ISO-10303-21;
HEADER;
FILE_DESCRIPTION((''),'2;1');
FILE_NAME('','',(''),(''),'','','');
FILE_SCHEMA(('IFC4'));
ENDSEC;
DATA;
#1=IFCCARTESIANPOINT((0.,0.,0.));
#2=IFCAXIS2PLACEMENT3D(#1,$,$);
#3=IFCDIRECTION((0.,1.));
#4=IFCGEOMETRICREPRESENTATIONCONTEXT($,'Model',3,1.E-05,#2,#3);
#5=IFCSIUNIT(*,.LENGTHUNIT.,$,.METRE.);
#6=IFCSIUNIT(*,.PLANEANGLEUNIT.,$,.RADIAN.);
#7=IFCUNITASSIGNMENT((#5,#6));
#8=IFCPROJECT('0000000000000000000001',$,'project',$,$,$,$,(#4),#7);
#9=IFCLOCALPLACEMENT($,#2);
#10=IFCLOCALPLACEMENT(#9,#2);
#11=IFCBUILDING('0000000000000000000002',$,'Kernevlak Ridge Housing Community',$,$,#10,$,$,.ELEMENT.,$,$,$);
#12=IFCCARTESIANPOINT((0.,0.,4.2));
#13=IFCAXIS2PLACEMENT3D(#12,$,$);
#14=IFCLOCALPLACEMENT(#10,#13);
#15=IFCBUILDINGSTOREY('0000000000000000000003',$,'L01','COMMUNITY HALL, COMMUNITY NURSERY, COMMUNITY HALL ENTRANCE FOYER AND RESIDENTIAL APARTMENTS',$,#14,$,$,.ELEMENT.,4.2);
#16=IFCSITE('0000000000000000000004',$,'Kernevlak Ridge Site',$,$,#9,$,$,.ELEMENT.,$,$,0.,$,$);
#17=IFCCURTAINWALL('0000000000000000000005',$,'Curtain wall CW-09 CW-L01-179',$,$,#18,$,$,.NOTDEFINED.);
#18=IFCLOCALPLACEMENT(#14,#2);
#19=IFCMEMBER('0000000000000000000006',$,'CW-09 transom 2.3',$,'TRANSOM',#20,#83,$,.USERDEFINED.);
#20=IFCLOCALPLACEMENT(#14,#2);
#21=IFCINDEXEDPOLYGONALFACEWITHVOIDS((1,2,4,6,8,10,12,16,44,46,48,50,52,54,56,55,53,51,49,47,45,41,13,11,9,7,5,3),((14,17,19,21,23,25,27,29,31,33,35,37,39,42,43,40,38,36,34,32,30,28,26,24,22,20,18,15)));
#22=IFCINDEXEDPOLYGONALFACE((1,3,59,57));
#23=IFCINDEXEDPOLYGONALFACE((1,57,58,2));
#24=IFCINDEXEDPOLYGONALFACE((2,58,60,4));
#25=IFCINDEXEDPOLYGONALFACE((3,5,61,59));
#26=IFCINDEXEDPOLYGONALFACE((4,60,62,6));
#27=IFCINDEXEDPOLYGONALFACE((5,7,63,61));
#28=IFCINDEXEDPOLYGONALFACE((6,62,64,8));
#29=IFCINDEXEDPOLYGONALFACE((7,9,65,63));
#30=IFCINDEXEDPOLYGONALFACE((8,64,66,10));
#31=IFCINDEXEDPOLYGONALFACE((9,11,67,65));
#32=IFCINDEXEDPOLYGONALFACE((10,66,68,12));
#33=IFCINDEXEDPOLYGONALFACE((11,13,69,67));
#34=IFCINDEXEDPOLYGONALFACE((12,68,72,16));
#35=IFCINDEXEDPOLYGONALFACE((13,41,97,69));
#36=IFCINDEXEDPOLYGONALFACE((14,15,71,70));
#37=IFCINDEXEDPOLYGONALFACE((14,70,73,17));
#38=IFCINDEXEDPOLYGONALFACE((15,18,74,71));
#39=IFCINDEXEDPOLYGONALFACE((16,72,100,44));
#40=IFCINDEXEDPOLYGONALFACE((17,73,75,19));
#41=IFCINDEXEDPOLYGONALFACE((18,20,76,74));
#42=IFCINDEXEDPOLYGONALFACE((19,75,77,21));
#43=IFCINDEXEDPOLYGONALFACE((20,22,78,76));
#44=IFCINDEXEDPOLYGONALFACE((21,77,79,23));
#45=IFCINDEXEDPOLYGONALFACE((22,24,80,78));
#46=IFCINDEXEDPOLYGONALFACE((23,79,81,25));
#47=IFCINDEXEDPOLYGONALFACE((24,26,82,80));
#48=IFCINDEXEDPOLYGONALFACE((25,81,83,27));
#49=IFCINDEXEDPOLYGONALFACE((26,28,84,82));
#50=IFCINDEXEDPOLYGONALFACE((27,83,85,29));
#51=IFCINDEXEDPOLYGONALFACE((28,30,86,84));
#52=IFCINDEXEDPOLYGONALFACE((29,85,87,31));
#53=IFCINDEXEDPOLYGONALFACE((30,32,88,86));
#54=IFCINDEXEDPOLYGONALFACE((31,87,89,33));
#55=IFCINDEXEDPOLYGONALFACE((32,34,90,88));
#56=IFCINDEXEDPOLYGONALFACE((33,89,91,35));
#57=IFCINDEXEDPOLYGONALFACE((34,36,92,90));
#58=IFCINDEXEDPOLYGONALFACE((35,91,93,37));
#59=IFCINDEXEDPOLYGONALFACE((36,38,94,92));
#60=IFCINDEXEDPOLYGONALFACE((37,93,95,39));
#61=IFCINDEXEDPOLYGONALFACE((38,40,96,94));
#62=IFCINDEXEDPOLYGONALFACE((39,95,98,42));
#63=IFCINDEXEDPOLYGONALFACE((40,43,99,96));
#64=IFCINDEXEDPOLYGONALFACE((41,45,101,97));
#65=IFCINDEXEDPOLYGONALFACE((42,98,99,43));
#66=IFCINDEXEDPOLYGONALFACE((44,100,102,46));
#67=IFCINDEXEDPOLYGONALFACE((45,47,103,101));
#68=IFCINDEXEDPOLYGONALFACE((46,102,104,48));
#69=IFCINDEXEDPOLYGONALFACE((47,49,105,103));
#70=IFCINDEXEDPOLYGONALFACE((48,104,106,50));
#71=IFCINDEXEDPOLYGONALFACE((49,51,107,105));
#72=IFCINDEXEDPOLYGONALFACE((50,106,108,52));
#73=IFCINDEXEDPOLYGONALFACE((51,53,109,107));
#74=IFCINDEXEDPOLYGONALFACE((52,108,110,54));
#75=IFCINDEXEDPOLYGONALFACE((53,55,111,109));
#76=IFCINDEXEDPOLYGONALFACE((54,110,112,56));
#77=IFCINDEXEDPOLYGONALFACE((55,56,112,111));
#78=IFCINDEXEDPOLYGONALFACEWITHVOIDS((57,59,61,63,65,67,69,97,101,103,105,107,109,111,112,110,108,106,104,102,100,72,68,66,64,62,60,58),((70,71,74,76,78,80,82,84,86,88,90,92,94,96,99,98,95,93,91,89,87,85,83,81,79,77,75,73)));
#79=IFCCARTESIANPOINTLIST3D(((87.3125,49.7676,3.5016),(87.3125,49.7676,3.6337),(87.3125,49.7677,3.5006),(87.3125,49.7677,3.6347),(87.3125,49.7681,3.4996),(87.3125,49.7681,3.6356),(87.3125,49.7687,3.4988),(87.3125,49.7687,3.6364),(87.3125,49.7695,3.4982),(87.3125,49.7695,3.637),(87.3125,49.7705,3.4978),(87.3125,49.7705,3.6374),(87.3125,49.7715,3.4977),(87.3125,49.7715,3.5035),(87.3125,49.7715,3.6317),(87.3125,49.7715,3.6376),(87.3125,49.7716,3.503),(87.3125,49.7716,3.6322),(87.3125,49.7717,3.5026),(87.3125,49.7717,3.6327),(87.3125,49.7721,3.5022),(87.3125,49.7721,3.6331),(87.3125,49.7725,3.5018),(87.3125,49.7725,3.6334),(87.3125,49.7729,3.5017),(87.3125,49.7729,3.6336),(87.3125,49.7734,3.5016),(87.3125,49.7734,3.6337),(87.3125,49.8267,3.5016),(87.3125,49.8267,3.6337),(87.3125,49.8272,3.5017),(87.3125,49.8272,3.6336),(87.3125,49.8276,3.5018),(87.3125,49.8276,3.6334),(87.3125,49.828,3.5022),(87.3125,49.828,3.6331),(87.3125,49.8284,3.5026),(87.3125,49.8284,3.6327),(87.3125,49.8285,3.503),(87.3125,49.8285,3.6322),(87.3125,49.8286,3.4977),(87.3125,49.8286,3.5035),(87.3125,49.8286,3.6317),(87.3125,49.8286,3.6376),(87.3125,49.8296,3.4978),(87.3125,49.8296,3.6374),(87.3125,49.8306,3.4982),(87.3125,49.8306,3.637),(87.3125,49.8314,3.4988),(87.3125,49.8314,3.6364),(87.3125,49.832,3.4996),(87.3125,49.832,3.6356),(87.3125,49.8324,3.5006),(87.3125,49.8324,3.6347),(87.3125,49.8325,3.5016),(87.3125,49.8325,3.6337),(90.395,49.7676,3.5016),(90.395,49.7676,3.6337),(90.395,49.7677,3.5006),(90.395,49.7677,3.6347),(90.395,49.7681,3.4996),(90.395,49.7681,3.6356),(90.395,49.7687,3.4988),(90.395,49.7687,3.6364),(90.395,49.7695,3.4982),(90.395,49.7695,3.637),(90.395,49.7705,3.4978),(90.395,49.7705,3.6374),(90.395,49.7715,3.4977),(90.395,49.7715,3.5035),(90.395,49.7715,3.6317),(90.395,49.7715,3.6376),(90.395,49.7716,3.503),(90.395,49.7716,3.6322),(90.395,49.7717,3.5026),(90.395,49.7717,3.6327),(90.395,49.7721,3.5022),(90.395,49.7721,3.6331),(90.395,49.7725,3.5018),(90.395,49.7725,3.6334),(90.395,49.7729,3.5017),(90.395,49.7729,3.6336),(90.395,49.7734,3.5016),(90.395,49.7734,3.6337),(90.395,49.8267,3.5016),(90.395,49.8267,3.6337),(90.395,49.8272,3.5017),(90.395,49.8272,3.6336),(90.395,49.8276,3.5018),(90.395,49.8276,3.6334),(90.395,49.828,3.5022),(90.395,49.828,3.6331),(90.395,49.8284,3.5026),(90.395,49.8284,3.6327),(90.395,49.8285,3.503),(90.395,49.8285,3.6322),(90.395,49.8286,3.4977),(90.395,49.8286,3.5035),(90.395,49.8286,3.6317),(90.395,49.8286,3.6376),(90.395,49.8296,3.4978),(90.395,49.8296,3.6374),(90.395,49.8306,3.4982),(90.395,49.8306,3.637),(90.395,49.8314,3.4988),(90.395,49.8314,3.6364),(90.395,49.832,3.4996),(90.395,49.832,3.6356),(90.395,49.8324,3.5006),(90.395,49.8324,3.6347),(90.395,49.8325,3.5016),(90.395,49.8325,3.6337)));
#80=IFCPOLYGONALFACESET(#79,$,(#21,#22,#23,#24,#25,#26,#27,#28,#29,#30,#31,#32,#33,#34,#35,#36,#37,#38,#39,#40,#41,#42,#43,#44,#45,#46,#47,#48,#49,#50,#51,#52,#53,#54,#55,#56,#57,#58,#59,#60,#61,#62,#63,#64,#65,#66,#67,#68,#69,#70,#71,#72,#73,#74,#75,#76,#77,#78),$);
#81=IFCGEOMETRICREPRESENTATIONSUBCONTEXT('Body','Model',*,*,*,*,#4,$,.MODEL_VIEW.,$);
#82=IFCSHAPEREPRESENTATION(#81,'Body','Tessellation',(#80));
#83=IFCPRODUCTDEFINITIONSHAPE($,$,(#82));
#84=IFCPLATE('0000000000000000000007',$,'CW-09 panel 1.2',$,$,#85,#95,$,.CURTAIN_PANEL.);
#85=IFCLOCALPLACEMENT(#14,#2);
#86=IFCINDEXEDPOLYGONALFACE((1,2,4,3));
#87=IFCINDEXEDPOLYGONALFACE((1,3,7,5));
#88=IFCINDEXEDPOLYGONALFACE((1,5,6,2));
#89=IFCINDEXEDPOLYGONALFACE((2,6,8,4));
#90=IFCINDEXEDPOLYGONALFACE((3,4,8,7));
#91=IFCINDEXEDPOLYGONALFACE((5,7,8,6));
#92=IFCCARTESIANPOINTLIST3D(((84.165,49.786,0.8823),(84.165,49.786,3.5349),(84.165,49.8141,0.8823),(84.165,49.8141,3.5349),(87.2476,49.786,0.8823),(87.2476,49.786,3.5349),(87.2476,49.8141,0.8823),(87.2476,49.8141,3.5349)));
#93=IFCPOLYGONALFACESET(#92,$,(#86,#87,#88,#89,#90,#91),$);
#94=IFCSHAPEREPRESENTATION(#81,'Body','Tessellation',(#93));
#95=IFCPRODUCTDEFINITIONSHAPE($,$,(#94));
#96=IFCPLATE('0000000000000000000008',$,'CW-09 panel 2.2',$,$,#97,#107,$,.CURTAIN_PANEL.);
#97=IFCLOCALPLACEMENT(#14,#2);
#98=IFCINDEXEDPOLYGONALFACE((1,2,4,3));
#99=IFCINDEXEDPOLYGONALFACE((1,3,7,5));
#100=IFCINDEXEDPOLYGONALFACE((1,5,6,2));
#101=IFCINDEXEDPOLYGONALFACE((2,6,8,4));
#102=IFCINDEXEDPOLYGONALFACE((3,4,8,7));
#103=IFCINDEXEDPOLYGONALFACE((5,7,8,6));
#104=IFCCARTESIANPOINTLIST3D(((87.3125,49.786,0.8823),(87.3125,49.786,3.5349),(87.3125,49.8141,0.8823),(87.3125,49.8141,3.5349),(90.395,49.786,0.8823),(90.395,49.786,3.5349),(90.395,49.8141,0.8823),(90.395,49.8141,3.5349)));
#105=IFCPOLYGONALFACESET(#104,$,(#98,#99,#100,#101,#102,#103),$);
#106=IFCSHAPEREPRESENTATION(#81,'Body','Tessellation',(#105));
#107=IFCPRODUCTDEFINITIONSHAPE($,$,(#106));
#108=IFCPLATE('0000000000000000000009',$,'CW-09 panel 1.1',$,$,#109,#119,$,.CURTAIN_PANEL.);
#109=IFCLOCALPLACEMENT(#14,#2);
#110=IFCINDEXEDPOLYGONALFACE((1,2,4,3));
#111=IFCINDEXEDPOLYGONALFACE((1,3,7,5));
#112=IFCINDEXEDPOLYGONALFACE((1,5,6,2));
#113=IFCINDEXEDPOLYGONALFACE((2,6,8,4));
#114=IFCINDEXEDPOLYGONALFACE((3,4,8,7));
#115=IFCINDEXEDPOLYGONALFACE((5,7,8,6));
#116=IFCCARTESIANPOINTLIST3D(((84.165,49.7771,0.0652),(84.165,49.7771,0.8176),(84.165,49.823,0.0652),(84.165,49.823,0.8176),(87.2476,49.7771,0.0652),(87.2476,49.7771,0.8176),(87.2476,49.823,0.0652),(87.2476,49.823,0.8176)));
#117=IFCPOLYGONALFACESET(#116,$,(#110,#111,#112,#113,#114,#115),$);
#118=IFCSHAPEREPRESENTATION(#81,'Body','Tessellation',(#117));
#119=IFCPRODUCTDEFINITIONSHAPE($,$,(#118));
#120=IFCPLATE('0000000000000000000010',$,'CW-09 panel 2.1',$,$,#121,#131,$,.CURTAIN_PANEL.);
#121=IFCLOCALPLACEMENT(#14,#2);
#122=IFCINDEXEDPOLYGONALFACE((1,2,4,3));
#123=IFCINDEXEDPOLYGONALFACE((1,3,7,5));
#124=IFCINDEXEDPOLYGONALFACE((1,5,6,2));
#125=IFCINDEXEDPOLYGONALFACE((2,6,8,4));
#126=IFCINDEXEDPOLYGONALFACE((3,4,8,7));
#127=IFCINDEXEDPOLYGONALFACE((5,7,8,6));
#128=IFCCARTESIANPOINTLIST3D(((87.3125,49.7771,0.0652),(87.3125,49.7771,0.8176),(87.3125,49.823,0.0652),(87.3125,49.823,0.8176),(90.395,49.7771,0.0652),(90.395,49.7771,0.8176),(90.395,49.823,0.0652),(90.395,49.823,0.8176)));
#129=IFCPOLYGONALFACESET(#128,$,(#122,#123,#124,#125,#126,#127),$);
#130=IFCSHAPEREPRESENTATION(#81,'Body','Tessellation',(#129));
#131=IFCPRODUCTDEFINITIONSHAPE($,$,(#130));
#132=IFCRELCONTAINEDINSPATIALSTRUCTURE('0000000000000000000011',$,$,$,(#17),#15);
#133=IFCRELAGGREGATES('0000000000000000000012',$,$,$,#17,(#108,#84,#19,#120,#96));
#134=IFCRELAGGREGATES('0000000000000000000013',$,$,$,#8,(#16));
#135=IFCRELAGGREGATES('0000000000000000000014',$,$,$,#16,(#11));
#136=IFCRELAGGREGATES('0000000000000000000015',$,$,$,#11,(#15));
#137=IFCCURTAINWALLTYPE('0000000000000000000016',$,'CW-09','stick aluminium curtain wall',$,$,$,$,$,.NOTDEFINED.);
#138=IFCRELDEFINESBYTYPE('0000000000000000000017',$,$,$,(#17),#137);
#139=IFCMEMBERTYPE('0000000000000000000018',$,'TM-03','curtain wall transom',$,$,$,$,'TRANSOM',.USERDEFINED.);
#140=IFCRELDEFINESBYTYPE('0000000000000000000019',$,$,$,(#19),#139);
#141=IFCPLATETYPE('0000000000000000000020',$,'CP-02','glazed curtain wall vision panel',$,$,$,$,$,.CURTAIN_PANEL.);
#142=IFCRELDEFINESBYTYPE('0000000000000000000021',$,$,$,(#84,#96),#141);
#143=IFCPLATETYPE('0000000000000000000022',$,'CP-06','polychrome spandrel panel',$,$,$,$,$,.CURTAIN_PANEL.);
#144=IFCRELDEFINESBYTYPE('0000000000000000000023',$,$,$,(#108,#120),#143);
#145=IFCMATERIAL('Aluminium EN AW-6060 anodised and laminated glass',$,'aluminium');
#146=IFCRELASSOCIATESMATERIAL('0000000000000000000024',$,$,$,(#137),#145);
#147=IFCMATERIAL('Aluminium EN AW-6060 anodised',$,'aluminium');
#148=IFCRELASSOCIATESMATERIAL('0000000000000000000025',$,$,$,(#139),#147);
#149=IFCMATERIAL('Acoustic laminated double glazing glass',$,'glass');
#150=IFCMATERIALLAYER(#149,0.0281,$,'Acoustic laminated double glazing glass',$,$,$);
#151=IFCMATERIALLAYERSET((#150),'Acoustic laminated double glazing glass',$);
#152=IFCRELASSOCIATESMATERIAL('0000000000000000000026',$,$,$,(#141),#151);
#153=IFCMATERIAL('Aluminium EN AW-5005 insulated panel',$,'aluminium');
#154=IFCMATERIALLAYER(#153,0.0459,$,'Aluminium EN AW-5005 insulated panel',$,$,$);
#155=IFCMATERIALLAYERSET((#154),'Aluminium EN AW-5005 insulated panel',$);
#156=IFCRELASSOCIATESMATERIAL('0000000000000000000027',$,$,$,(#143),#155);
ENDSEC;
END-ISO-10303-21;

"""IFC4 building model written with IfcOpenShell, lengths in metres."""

from ifc_helpers import new_model, si_unit, direction, frame, origin, origin_2d, place, context, subcontext, project, spatial, rectangle, hollow_rectangle, extrude, material, layer, layer_set, material_profile, profile_set, type_object, element, aggregate, save


model = new_model("IFC4")

# Units and contexts
model_context = context("Model", 3, precision=1e-05, world=origin(), true_north=direction((0.0, 1.0)))
body_context = subcontext(model_context, "Body", "Model", "MODEL_VIEW")
ifc_project = project(units=[si_unit("LENGTHUNIT", "METRE"), si_unit("PLANEANGLEUNIT", "RADIAN")], contexts=[model_context])

# Site, building, storey
site_placement = place(None, origin())
site = spatial("IfcSite", under=ifc_project, at=site_placement, Name="Kernevlak Ridge Site", CompositionType="ELEMENT", RefElevation=0.0)
building_placement = place(site_placement, origin())
building = spatial("IfcBuilding", under=site, at=building_placement, Name="Kernevlak Ridge Housing Community", CompositionType="ELEMENT")
storey_placement = place(building_placement, frame((0.0, 0.0, 4.2)))
storey = spatial("IfcBuildingStorey", under=building, at=storey_placement, Name="L01", Description="COMMUNITY HALL, COMMUNITY NURSERY, COMMUNITY HALL ENTRANCE FOYER AND RESIDENTIAL APARTMENTS", CompositionType="ELEMENT", Elevation=4.2)

# Shared definitions
ifc_material_1 = material(Name="Aluminium EN AW-6060 anodised and laminated glass", Category="aluminium")
ifc_material_2 = material(Name="Aluminium EN AW-6060 anodised", Category="aluminium")

# Curtain wall
curtain_wall_type_1 = type_object("IfcCurtainWallType", Name="CW-09", Description="stick aluminium curtain wall", PredefinedType="NOTDEFINED", material=ifc_material_1)
curtain_wall_1_placement = place(storey_placement, origin())
curtain_wall_1 = element("IfcCurtainWall", 1, at=curtain_wall_1_placement, inside=storey, type_object=curtain_wall_type_1, Name="Curtain wall CW-09 CW-L01-179", PredefinedType="NOTDEFINED")

# Member
ifc_material_profile_1 = material_profile(ifc_material_2, hollow_rectangle(XDim=0.0649, YDim=0.1399, WallThickness=0.0039, InnerFilletRadius=0.002, OuterFilletRadius=0.0039, at=origin_2d()), Name="ALU 65x140x4")
ifc_profile_set_1 = profile_set([ifc_material_profile_1], Name="Aluminium EN AW-6060 anodised")
member_type_1 = type_object("IfcMemberType", Name="TM-03", Description="curtain wall transom", ElementType="TRANSOM", PredefinedType="USERDEFINED", material=ifc_profile_set_1)
member_1_placement = place(storey_placement, frame((87.3125, 49.8, 3.5676), z_axis=(1.0, 0.0, 0.0), x_axis=(0.0, 1.0, 0.0)))
member_1 = element("IfcMember", 2, at=member_1_placement, type_object=member_type_1, Name="CW-09 transom 2.3", ObjectType="TRANSOM", PredefinedType="USERDEFINED", context=body_context, shape_type="SweptSolid", body=[
    extrude(hollow_rectangle(XDim=0.0649, YDim=0.1399, WallThickness=0.0039, InnerFilletRadius=0.002, OuterFilletRadius=0.0039, at=origin_2d()), origin(), (0.0, 0.0, 1.0), 3.0825),
])

# Plates
ifc_material_3 = material(Name="Acoustic laminated double glazing glass", Category="glass")
ifc_layer_1 = layer(ifc_material_3, 0.0281, Name="Acoustic laminated double glazing glass")
ifc_layer_set_1 = layer_set([ifc_layer_1], Name="Acoustic laminated double glazing glass")
plate_type_1 = type_object("IfcPlateType", Name="CP-02", Description="glazed curtain wall vision panel", PredefinedType="CURTAIN_PANEL", material=ifc_layer_set_1)
plate_1_placement = place(storey_placement, frame((85.7063, 49.8, 0.8823), z_axis=(0.0, 0.0, 1.0), x_axis=(1.0, 0.0, 0.0)))
plate_1 = element("IfcPlate", 3, at=plate_1_placement, type_object=plate_type_1, Name="CW-09 panel 1.2", PredefinedType="CURTAIN_PANEL", context=body_context, shape_type="SweptSolid", body=[
    extrude(rectangle(XDim=3.0825, YDim=0.0281, at=origin_2d()), origin(), (0.0, 0.0, 1.0), 2.6526),
])
plate_2_placement = place(storey_placement, frame((88.8538, 49.8, 0.8823), z_axis=(0.0, 0.0, 1.0), x_axis=(1.0, 0.0, 0.0)))
plate_2 = element("IfcPlate", 4, at=plate_2_placement, type_object=plate_type_1, Name="CW-09 panel 2.2", PredefinedType="CURTAIN_PANEL", context=body_context, shape_type="SweptSolid", body=[
    extrude(rectangle(XDim=3.0825, YDim=0.0281, at=origin_2d()), origin(), (0.0, 0.0, 1.0), 2.6526),
])
ifc_material_4 = material(Name="Aluminium EN AW-5005 insulated panel", Category="aluminium")
ifc_layer_2 = layer(ifc_material_4, 0.0459, Name="Aluminium EN AW-5005 insulated panel")
ifc_layer_set_2 = layer_set([ifc_layer_2], Name="Aluminium EN AW-5005 insulated panel")
plate_type_2 = type_object("IfcPlateType", Name="CP-06", Description="polychrome spandrel panel", PredefinedType="CURTAIN_PANEL", material=ifc_layer_set_2)
plate_3_placement = place(storey_placement, frame((85.7063, 49.8, 0.0652), z_axis=(0.0, 0.0, 1.0), x_axis=(1.0, 0.0, 0.0)))
plate_3 = element("IfcPlate", 5, at=plate_3_placement, type_object=plate_type_2, Name="CW-09 panel 1.1", PredefinedType="CURTAIN_PANEL", context=body_context, shape_type="SweptSolid", body=[
    extrude(rectangle(XDim=3.0825, YDim=0.0459, at=origin_2d()), origin(), (0.0, 0.0, 1.0), 0.7524),
])
plate_4_placement = place(storey_placement, frame((88.8538, 49.8, 0.0652), z_axis=(0.0, 0.0, 1.0), x_axis=(1.0, 0.0, 0.0)))
plate_4 = element("IfcPlate", 6, at=plate_4_placement, type_object=plate_type_2, Name="CW-09 panel 2.1", PredefinedType="CURTAIN_PANEL", context=body_context, shape_type="SweptSolid", body=[
    extrude(rectangle(XDim=3.0825, YDim=0.0459, at=origin_2d()), origin(), (0.0, 0.0, 1.0), 0.7524),
])
aggregate(curtain_wall_1, [plate_3, plate_1, member_1, plate_4, plate_2])

save(model, "model.ifc")
